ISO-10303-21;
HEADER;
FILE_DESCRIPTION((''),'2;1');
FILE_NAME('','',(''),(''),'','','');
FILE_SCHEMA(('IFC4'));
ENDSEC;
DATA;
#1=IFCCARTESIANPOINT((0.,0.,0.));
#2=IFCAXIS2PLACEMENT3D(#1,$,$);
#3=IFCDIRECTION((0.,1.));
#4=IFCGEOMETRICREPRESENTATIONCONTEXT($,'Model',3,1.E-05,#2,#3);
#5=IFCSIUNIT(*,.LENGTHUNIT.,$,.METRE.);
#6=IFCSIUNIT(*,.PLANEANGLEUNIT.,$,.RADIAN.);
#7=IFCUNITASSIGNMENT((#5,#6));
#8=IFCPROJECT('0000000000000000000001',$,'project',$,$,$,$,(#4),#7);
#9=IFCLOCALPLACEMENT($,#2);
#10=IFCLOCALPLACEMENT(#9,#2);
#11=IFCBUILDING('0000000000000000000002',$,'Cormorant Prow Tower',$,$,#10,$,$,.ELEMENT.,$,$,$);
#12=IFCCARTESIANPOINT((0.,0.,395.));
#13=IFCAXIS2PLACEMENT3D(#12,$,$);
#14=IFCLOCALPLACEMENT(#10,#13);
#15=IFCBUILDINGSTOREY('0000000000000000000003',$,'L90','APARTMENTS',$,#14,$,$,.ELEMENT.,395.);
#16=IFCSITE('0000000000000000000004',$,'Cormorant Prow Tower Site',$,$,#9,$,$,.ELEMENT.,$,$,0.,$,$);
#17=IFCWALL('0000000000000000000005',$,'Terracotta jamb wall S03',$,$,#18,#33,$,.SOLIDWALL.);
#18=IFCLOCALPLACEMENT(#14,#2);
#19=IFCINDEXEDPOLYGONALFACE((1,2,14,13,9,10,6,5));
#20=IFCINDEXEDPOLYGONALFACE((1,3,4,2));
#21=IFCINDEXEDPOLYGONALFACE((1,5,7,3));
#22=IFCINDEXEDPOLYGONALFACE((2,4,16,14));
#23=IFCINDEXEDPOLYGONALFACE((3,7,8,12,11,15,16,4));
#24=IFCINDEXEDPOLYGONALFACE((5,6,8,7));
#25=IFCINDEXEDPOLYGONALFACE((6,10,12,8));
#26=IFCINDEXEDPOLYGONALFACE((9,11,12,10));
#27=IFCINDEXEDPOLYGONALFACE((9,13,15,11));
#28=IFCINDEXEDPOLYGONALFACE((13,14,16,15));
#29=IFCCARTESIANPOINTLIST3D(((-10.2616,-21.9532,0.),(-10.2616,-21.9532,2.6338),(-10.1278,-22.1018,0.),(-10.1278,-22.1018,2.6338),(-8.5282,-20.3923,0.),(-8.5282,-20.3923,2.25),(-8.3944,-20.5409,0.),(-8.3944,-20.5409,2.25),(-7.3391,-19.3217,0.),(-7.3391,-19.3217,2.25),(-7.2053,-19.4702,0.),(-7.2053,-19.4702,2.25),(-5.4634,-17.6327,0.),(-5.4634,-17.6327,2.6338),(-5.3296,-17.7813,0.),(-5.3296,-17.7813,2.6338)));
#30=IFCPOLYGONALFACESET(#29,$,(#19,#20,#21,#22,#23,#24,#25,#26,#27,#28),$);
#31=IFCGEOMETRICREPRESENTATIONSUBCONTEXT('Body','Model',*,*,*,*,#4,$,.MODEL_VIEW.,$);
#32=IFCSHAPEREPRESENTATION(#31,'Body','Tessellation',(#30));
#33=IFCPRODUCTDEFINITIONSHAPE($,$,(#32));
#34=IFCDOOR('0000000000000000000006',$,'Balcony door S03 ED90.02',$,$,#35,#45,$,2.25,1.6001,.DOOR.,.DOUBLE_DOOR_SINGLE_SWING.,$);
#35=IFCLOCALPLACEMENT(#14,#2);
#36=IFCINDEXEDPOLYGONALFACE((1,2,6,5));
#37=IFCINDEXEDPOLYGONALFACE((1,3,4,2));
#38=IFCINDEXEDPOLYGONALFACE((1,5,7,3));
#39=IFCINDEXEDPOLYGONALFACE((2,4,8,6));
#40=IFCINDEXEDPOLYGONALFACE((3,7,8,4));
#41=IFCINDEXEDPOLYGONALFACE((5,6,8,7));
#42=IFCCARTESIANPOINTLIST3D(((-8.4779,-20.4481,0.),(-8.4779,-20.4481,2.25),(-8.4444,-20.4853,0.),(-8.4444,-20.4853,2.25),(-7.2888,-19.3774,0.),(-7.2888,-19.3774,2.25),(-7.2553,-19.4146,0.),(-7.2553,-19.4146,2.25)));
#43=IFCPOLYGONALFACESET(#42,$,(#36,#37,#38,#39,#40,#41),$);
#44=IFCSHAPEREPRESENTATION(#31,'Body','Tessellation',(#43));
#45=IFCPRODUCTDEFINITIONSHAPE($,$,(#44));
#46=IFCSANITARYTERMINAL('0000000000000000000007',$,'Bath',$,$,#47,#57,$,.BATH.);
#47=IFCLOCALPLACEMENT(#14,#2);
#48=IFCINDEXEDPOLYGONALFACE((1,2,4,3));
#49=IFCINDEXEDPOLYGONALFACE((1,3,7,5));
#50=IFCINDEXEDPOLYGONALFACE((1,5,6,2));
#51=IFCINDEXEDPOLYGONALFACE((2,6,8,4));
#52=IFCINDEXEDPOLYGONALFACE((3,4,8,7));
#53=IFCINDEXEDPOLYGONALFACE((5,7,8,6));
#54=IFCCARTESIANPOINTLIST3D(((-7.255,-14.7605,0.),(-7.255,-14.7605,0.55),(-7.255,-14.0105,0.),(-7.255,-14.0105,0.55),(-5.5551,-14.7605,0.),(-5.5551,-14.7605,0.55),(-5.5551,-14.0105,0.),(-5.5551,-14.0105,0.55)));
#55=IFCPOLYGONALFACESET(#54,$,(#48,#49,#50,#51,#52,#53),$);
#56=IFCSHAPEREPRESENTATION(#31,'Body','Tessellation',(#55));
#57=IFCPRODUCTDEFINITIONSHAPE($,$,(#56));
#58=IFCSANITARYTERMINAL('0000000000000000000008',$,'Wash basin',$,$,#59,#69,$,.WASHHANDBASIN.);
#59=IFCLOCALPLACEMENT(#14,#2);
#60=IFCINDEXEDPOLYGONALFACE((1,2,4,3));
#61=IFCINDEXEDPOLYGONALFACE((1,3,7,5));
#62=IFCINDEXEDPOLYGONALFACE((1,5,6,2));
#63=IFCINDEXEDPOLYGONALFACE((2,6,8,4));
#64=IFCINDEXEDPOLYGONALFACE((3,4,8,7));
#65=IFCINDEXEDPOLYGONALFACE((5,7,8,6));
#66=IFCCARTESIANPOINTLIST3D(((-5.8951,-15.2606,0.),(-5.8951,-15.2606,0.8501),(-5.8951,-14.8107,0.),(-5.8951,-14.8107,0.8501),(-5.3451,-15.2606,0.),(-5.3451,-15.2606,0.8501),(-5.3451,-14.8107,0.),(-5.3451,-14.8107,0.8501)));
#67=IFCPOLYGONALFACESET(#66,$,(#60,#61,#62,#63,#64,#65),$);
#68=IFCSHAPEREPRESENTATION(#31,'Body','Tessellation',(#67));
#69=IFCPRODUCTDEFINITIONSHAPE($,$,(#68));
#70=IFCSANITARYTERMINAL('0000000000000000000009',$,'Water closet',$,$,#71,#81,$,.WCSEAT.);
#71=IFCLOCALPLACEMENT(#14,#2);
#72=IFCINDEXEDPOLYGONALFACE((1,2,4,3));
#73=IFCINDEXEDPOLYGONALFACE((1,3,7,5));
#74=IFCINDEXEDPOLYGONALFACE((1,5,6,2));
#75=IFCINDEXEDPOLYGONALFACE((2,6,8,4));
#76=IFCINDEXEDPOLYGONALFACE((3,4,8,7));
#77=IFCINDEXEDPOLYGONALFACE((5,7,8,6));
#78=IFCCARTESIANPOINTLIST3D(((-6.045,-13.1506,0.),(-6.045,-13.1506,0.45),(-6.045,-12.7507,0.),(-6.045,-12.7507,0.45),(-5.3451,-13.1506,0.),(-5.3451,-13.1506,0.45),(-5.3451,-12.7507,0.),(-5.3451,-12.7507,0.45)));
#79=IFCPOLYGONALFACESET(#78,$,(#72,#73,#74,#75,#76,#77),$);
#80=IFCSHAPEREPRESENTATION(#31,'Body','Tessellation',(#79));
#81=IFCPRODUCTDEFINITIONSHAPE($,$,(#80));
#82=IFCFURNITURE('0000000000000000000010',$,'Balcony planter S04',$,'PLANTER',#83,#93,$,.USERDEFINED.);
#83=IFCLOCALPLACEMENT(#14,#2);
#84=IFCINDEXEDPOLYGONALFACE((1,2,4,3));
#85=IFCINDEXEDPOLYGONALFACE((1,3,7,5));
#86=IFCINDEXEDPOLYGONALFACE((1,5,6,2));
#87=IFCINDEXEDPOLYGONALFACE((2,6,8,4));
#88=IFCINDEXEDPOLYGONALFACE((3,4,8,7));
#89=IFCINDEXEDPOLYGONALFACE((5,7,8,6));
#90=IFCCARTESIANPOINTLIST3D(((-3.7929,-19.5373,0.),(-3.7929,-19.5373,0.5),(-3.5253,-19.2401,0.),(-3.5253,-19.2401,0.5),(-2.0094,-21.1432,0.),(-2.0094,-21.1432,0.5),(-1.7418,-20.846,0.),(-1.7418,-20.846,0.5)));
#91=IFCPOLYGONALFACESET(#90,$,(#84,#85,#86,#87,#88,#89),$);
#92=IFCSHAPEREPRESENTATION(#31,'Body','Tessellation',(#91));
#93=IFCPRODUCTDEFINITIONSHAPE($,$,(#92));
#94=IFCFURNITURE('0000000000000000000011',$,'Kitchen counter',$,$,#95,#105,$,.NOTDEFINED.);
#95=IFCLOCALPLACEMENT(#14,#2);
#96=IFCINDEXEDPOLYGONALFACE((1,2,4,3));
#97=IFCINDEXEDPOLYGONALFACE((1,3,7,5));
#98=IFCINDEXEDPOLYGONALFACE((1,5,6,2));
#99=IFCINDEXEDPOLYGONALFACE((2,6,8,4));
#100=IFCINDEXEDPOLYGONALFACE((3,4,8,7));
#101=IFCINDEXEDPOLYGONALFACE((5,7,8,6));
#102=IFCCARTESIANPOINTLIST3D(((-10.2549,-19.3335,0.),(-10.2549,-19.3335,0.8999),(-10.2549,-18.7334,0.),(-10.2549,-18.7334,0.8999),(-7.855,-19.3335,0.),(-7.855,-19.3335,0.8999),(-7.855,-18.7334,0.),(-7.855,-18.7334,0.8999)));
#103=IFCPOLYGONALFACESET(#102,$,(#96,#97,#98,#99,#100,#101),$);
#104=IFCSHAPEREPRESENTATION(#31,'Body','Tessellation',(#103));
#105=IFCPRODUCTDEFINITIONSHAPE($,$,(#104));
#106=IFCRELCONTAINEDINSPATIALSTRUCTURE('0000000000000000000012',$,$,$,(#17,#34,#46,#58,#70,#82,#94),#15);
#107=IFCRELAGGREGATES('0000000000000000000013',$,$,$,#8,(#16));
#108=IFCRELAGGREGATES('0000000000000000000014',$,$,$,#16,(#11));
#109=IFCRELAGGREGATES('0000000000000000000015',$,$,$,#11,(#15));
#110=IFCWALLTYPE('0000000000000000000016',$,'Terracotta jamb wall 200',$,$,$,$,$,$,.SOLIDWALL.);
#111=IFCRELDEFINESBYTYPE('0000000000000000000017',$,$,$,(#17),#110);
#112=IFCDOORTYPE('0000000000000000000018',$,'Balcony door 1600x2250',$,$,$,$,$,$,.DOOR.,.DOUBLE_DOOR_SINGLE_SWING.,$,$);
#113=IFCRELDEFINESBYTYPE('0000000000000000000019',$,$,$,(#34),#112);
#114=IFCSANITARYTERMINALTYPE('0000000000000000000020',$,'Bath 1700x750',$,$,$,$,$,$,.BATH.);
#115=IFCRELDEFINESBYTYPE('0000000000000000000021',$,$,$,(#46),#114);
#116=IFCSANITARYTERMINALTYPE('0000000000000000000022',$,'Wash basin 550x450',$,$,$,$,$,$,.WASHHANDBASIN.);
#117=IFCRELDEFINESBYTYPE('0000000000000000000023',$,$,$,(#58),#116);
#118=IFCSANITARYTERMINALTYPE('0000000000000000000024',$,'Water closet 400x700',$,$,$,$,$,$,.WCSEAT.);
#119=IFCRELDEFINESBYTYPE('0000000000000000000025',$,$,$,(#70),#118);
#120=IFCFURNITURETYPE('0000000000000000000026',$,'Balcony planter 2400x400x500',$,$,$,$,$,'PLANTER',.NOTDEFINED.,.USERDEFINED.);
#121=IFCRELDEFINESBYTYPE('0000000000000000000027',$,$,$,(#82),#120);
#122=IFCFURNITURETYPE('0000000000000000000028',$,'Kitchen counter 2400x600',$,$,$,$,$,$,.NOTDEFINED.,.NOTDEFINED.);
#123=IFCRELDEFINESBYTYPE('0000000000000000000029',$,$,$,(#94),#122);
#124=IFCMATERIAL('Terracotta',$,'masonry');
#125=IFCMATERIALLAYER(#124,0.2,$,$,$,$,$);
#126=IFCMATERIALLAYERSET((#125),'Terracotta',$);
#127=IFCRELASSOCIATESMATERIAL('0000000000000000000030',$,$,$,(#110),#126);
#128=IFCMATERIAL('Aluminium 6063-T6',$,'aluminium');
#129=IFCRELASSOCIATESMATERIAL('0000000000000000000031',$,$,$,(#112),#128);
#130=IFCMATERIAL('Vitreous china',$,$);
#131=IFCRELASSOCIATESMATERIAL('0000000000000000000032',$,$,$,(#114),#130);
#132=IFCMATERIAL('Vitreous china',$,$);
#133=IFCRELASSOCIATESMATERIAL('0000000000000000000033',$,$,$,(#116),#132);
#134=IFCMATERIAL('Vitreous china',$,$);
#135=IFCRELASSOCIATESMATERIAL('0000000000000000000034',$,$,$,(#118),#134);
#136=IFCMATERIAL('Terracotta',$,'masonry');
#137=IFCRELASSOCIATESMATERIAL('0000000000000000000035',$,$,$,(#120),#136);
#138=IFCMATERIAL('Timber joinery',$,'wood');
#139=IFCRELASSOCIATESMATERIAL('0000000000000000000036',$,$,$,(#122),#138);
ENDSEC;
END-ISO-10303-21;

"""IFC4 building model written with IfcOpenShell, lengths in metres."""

from ifc_helpers import new_model, si_unit, direction, frame, frame_2d, origin, origin_2d, place, context, subcontext, project, spatial, rectangle, extrude, material, layer, layer_set, type_object, element, fill, save


model = new_model("IFC4")

# Units and contexts
model_context = context("Model", 3, precision=1e-05, world=origin(), true_north=direction((0.0, 1.0)))
body_context = subcontext(model_context, "Body", "Model", "MODEL_VIEW")
ifc_project = project(units=[si_unit("LENGTHUNIT", "METRE"), si_unit("PLANEANGLEUNIT", "RADIAN")], contexts=[model_context])

# Site, building, storey
site_placement = place(None, origin())
site = spatial("IfcSite", under=ifc_project, at=site_placement, Name="Cormorant Prow Tower Site", CompositionType="ELEMENT", RefElevation=0.0)
building_placement = place(site_placement, origin())
building = spatial("IfcBuilding", under=site, at=building_placement, Name="Cormorant Prow Tower", CompositionType="ELEMENT")
storey_placement = place(building_placement, frame((0.0, 0.0, 395.0)))
storey = spatial("IfcBuildingStorey", under=building, at=storey_placement, Name="L90", Description="APARTMENTS", CompositionType="ELEMENT", Elevation=395.0)

# Wall, opening, door
ifc_material_1 = material(Name="Terracotta", Category="masonry")
ifc_layer_1 = layer(ifc_material_1, 0.2)
ifc_layer_set_1 = layer_set([ifc_layer_1], Name="Terracotta")
wall_type_1 = type_object("IfcWallType", Name="Terracotta jamb wall 200", PredefinedType="SOLIDWALL", material=ifc_layer_set_1)
wall_1_placement = place(storey_placement, frame((-10.1948, -22.0276, 0.0), z_axis=(0.0, 0.0, 1.0), x_axis=(0.743136, 0.66914, 0.0)))
wall_1 = element("IfcWall", 1, at=wall_1_placement, inside=storey, type_object=wall_type_1, Name="Terracotta jamb wall S03", PredefinedType="SOLIDWALL", context=body_context, shape_type="SweptSolid", body=[
    extrude(rectangle(XDim=6.4568, YDim=0.2, at=frame_2d((3.2285, 0.0))), origin(), (0.0, 0.0, 1.0), 2.6338),
])
opening_1_placement = place(wall_1_placement, frame((2.3328, 0.0, 0.0)))
opening_1 = element("IfcOpeningElement", 2, at=opening_1_placement, cuts=wall_1, PredefinedType="OPENING", context=body_context, shape_type="SweptSolid", body=[
    extrude(rectangle(XDim=1.6001, YDim=2.25, at=frame_2d((0.8, 1.125))), frame((0.0, 0.1099, 0.0), z_axis=(0.0, -1.0, 0.0), x_axis=(1.0, 0.0, 0.0)), (0.0, 0.0, 1.0), 0.22),
])
ifc_material_2 = material(Name="Aluminium 6063-T6", Category="aluminium")
door_type_1 = type_object("IfcDoorType", Name="Balcony door 1600x2250", OperationType="DOUBLE_DOOR_SINGLE_SWING", PredefinedType="DOOR", material=ifc_material_2)
door_1_placement = place(opening_1_placement, origin())
door_1 = element("IfcDoor", 3, at=door_1_placement, inside=storey, type_object=door_type_1, Name="Balcony door S03 ED90.02", OperationType="DOUBLE_DOOR_SINGLE_SWING", OverallHeight=2.25, OverallWidth=1.6001, PredefinedType="DOOR", context=body_context, shape_type="SweptSolid", body=[
    extrude(rectangle(XDim=1.6001, YDim=2.25, at=frame_2d((0.8, 1.125))), frame((0.0, 0.0249, 0.0), z_axis=(0.0, -1.0, 0.0), x_axis=(1.0, 0.0, 0.0)), (0.0, 0.0, 1.0), 0.05),
])
fill(opening_1, door_1)

# Sanitary terminals
ifc_material_3 = material(Name="Vitreous china")
sanitary_terminal_type_1 = type_object("IfcSanitaryTerminalType", Name="Bath 1700x750", PredefinedType="BATH", material=ifc_material_3)
sanitary_terminal_1_placement = place(storey_placement, frame((-6.405, -14.3855, 0.0), z_axis=(0.0, 0.0, 1.0), x_axis=(1.0, 0.0, 0.0)))
element("IfcSanitaryTerminal", 4, at=sanitary_terminal_1_placement, inside=storey, type_object=sanitary_terminal_type_1, Name="Bath", PredefinedType="BATH", context=body_context, shape_type="SweptSolid", body=[
    extrude(rectangle(XDim=1.7, YDim=0.75, at=origin_2d()), origin(), (0.0, 0.0, 1.0), 0.55),
])
ifc_material_4 = material(Name="Vitreous china")
sanitary_terminal_type_2 = type_object("IfcSanitaryTerminalType", Name="Wash basin 550x450", PredefinedType="WASHHANDBASIN", material=ifc_material_4)
sanitary_terminal_2_placement = place(storey_placement, frame((-5.6201, -15.0356, 0.0), z_axis=(0.0, 0.0, 1.0), x_axis=(-1.0, 0.0, 0.0)))
element("IfcSanitaryTerminal", 5, at=sanitary_terminal_2_placement, inside=storey, type_object=sanitary_terminal_type_2, Name="Wash basin", PredefinedType="WASHHANDBASIN", context=body_context, shape_type="SweptSolid", body=[
    extrude(rectangle(XDim=0.55, YDim=0.45, at=origin_2d()), origin(), (0.0, 0.0, 1.0), 0.8501),
])
ifc_material_5 = material(Name="Vitreous china")
sanitary_terminal_type_3 = type_object("IfcSanitaryTerminalType", Name="Water closet 400x700", PredefinedType="WCSEAT", material=ifc_material_5)
sanitary_terminal_3_placement = place(storey_placement, frame((-5.6951, -12.9507, 0.0), z_axis=(0.0, 0.0, 1.0), x_axis=(0.0, -1.0, 0.0)))
element("IfcSanitaryTerminal", 6, at=sanitary_terminal_3_placement, inside=storey, type_object=sanitary_terminal_type_3, Name="Water closet", PredefinedType="WCSEAT", context=body_context, shape_type="SweptSolid", body=[
    extrude(rectangle(XDim=0.3999, YDim=0.7, at=origin_2d()), origin(), (0.0, 0.0, 1.0), 0.45),
])

# Furniture
ifc_material_6 = material(Name="Terracotta", Category="masonry")
furniture_type_1 = type_object("IfcFurnitureType", Name="Balcony planter 2400x400x500", ElementType="PLANTER", AssemblyPlace="NOTDEFINED", PredefinedType="USERDEFINED", material=ifc_material_6)
furniture_1_placement = place(storey_placement, frame((-2.7673, -20.1917, 0.0), z_axis=(0.0, 0.0, 1.0), x_axis=(0.743145, -0.669131, 0.0)))
element("IfcFurniture", 7, at=furniture_1_placement, inside=storey, type_object=furniture_type_1, Name="Balcony planter S04", ObjectType="PLANTER", PredefinedType="USERDEFINED", context=body_context, shape_type="SweptSolid", body=[
    extrude(rectangle(XDim=2.3999, YDim=0.3999, at=origin_2d()), origin(), (0.0, 0.0, 1.0), 0.5),
])
ifc_material_7 = material(Name="Timber joinery", Category="wood")
furniture_type_2 = type_object("IfcFurnitureType", Name="Kitchen counter 2400x600", AssemblyPlace="NOTDEFINED", PredefinedType="NOTDEFINED", material=ifc_material_7)
furniture_2_placement = place(storey_placement, frame((-9.0549, -19.0334, 0.0), z_axis=(0.0, 0.0, 1.0), x_axis=(1.0, 0.0, 0.0)))
element("IfcFurniture", 8, at=furniture_2_placement, inside=storey, type_object=furniture_type_2, Name="Kitchen counter", PredefinedType="NOTDEFINED", context=body_context, shape_type="SweptSolid", body=[
    extrude(rectangle(XDim=2.3999, YDim=0.6001, at=origin_2d()), origin(), (0.0, 0.0, 1.0), 0.8999),
])

save(model, "model.ifc")
